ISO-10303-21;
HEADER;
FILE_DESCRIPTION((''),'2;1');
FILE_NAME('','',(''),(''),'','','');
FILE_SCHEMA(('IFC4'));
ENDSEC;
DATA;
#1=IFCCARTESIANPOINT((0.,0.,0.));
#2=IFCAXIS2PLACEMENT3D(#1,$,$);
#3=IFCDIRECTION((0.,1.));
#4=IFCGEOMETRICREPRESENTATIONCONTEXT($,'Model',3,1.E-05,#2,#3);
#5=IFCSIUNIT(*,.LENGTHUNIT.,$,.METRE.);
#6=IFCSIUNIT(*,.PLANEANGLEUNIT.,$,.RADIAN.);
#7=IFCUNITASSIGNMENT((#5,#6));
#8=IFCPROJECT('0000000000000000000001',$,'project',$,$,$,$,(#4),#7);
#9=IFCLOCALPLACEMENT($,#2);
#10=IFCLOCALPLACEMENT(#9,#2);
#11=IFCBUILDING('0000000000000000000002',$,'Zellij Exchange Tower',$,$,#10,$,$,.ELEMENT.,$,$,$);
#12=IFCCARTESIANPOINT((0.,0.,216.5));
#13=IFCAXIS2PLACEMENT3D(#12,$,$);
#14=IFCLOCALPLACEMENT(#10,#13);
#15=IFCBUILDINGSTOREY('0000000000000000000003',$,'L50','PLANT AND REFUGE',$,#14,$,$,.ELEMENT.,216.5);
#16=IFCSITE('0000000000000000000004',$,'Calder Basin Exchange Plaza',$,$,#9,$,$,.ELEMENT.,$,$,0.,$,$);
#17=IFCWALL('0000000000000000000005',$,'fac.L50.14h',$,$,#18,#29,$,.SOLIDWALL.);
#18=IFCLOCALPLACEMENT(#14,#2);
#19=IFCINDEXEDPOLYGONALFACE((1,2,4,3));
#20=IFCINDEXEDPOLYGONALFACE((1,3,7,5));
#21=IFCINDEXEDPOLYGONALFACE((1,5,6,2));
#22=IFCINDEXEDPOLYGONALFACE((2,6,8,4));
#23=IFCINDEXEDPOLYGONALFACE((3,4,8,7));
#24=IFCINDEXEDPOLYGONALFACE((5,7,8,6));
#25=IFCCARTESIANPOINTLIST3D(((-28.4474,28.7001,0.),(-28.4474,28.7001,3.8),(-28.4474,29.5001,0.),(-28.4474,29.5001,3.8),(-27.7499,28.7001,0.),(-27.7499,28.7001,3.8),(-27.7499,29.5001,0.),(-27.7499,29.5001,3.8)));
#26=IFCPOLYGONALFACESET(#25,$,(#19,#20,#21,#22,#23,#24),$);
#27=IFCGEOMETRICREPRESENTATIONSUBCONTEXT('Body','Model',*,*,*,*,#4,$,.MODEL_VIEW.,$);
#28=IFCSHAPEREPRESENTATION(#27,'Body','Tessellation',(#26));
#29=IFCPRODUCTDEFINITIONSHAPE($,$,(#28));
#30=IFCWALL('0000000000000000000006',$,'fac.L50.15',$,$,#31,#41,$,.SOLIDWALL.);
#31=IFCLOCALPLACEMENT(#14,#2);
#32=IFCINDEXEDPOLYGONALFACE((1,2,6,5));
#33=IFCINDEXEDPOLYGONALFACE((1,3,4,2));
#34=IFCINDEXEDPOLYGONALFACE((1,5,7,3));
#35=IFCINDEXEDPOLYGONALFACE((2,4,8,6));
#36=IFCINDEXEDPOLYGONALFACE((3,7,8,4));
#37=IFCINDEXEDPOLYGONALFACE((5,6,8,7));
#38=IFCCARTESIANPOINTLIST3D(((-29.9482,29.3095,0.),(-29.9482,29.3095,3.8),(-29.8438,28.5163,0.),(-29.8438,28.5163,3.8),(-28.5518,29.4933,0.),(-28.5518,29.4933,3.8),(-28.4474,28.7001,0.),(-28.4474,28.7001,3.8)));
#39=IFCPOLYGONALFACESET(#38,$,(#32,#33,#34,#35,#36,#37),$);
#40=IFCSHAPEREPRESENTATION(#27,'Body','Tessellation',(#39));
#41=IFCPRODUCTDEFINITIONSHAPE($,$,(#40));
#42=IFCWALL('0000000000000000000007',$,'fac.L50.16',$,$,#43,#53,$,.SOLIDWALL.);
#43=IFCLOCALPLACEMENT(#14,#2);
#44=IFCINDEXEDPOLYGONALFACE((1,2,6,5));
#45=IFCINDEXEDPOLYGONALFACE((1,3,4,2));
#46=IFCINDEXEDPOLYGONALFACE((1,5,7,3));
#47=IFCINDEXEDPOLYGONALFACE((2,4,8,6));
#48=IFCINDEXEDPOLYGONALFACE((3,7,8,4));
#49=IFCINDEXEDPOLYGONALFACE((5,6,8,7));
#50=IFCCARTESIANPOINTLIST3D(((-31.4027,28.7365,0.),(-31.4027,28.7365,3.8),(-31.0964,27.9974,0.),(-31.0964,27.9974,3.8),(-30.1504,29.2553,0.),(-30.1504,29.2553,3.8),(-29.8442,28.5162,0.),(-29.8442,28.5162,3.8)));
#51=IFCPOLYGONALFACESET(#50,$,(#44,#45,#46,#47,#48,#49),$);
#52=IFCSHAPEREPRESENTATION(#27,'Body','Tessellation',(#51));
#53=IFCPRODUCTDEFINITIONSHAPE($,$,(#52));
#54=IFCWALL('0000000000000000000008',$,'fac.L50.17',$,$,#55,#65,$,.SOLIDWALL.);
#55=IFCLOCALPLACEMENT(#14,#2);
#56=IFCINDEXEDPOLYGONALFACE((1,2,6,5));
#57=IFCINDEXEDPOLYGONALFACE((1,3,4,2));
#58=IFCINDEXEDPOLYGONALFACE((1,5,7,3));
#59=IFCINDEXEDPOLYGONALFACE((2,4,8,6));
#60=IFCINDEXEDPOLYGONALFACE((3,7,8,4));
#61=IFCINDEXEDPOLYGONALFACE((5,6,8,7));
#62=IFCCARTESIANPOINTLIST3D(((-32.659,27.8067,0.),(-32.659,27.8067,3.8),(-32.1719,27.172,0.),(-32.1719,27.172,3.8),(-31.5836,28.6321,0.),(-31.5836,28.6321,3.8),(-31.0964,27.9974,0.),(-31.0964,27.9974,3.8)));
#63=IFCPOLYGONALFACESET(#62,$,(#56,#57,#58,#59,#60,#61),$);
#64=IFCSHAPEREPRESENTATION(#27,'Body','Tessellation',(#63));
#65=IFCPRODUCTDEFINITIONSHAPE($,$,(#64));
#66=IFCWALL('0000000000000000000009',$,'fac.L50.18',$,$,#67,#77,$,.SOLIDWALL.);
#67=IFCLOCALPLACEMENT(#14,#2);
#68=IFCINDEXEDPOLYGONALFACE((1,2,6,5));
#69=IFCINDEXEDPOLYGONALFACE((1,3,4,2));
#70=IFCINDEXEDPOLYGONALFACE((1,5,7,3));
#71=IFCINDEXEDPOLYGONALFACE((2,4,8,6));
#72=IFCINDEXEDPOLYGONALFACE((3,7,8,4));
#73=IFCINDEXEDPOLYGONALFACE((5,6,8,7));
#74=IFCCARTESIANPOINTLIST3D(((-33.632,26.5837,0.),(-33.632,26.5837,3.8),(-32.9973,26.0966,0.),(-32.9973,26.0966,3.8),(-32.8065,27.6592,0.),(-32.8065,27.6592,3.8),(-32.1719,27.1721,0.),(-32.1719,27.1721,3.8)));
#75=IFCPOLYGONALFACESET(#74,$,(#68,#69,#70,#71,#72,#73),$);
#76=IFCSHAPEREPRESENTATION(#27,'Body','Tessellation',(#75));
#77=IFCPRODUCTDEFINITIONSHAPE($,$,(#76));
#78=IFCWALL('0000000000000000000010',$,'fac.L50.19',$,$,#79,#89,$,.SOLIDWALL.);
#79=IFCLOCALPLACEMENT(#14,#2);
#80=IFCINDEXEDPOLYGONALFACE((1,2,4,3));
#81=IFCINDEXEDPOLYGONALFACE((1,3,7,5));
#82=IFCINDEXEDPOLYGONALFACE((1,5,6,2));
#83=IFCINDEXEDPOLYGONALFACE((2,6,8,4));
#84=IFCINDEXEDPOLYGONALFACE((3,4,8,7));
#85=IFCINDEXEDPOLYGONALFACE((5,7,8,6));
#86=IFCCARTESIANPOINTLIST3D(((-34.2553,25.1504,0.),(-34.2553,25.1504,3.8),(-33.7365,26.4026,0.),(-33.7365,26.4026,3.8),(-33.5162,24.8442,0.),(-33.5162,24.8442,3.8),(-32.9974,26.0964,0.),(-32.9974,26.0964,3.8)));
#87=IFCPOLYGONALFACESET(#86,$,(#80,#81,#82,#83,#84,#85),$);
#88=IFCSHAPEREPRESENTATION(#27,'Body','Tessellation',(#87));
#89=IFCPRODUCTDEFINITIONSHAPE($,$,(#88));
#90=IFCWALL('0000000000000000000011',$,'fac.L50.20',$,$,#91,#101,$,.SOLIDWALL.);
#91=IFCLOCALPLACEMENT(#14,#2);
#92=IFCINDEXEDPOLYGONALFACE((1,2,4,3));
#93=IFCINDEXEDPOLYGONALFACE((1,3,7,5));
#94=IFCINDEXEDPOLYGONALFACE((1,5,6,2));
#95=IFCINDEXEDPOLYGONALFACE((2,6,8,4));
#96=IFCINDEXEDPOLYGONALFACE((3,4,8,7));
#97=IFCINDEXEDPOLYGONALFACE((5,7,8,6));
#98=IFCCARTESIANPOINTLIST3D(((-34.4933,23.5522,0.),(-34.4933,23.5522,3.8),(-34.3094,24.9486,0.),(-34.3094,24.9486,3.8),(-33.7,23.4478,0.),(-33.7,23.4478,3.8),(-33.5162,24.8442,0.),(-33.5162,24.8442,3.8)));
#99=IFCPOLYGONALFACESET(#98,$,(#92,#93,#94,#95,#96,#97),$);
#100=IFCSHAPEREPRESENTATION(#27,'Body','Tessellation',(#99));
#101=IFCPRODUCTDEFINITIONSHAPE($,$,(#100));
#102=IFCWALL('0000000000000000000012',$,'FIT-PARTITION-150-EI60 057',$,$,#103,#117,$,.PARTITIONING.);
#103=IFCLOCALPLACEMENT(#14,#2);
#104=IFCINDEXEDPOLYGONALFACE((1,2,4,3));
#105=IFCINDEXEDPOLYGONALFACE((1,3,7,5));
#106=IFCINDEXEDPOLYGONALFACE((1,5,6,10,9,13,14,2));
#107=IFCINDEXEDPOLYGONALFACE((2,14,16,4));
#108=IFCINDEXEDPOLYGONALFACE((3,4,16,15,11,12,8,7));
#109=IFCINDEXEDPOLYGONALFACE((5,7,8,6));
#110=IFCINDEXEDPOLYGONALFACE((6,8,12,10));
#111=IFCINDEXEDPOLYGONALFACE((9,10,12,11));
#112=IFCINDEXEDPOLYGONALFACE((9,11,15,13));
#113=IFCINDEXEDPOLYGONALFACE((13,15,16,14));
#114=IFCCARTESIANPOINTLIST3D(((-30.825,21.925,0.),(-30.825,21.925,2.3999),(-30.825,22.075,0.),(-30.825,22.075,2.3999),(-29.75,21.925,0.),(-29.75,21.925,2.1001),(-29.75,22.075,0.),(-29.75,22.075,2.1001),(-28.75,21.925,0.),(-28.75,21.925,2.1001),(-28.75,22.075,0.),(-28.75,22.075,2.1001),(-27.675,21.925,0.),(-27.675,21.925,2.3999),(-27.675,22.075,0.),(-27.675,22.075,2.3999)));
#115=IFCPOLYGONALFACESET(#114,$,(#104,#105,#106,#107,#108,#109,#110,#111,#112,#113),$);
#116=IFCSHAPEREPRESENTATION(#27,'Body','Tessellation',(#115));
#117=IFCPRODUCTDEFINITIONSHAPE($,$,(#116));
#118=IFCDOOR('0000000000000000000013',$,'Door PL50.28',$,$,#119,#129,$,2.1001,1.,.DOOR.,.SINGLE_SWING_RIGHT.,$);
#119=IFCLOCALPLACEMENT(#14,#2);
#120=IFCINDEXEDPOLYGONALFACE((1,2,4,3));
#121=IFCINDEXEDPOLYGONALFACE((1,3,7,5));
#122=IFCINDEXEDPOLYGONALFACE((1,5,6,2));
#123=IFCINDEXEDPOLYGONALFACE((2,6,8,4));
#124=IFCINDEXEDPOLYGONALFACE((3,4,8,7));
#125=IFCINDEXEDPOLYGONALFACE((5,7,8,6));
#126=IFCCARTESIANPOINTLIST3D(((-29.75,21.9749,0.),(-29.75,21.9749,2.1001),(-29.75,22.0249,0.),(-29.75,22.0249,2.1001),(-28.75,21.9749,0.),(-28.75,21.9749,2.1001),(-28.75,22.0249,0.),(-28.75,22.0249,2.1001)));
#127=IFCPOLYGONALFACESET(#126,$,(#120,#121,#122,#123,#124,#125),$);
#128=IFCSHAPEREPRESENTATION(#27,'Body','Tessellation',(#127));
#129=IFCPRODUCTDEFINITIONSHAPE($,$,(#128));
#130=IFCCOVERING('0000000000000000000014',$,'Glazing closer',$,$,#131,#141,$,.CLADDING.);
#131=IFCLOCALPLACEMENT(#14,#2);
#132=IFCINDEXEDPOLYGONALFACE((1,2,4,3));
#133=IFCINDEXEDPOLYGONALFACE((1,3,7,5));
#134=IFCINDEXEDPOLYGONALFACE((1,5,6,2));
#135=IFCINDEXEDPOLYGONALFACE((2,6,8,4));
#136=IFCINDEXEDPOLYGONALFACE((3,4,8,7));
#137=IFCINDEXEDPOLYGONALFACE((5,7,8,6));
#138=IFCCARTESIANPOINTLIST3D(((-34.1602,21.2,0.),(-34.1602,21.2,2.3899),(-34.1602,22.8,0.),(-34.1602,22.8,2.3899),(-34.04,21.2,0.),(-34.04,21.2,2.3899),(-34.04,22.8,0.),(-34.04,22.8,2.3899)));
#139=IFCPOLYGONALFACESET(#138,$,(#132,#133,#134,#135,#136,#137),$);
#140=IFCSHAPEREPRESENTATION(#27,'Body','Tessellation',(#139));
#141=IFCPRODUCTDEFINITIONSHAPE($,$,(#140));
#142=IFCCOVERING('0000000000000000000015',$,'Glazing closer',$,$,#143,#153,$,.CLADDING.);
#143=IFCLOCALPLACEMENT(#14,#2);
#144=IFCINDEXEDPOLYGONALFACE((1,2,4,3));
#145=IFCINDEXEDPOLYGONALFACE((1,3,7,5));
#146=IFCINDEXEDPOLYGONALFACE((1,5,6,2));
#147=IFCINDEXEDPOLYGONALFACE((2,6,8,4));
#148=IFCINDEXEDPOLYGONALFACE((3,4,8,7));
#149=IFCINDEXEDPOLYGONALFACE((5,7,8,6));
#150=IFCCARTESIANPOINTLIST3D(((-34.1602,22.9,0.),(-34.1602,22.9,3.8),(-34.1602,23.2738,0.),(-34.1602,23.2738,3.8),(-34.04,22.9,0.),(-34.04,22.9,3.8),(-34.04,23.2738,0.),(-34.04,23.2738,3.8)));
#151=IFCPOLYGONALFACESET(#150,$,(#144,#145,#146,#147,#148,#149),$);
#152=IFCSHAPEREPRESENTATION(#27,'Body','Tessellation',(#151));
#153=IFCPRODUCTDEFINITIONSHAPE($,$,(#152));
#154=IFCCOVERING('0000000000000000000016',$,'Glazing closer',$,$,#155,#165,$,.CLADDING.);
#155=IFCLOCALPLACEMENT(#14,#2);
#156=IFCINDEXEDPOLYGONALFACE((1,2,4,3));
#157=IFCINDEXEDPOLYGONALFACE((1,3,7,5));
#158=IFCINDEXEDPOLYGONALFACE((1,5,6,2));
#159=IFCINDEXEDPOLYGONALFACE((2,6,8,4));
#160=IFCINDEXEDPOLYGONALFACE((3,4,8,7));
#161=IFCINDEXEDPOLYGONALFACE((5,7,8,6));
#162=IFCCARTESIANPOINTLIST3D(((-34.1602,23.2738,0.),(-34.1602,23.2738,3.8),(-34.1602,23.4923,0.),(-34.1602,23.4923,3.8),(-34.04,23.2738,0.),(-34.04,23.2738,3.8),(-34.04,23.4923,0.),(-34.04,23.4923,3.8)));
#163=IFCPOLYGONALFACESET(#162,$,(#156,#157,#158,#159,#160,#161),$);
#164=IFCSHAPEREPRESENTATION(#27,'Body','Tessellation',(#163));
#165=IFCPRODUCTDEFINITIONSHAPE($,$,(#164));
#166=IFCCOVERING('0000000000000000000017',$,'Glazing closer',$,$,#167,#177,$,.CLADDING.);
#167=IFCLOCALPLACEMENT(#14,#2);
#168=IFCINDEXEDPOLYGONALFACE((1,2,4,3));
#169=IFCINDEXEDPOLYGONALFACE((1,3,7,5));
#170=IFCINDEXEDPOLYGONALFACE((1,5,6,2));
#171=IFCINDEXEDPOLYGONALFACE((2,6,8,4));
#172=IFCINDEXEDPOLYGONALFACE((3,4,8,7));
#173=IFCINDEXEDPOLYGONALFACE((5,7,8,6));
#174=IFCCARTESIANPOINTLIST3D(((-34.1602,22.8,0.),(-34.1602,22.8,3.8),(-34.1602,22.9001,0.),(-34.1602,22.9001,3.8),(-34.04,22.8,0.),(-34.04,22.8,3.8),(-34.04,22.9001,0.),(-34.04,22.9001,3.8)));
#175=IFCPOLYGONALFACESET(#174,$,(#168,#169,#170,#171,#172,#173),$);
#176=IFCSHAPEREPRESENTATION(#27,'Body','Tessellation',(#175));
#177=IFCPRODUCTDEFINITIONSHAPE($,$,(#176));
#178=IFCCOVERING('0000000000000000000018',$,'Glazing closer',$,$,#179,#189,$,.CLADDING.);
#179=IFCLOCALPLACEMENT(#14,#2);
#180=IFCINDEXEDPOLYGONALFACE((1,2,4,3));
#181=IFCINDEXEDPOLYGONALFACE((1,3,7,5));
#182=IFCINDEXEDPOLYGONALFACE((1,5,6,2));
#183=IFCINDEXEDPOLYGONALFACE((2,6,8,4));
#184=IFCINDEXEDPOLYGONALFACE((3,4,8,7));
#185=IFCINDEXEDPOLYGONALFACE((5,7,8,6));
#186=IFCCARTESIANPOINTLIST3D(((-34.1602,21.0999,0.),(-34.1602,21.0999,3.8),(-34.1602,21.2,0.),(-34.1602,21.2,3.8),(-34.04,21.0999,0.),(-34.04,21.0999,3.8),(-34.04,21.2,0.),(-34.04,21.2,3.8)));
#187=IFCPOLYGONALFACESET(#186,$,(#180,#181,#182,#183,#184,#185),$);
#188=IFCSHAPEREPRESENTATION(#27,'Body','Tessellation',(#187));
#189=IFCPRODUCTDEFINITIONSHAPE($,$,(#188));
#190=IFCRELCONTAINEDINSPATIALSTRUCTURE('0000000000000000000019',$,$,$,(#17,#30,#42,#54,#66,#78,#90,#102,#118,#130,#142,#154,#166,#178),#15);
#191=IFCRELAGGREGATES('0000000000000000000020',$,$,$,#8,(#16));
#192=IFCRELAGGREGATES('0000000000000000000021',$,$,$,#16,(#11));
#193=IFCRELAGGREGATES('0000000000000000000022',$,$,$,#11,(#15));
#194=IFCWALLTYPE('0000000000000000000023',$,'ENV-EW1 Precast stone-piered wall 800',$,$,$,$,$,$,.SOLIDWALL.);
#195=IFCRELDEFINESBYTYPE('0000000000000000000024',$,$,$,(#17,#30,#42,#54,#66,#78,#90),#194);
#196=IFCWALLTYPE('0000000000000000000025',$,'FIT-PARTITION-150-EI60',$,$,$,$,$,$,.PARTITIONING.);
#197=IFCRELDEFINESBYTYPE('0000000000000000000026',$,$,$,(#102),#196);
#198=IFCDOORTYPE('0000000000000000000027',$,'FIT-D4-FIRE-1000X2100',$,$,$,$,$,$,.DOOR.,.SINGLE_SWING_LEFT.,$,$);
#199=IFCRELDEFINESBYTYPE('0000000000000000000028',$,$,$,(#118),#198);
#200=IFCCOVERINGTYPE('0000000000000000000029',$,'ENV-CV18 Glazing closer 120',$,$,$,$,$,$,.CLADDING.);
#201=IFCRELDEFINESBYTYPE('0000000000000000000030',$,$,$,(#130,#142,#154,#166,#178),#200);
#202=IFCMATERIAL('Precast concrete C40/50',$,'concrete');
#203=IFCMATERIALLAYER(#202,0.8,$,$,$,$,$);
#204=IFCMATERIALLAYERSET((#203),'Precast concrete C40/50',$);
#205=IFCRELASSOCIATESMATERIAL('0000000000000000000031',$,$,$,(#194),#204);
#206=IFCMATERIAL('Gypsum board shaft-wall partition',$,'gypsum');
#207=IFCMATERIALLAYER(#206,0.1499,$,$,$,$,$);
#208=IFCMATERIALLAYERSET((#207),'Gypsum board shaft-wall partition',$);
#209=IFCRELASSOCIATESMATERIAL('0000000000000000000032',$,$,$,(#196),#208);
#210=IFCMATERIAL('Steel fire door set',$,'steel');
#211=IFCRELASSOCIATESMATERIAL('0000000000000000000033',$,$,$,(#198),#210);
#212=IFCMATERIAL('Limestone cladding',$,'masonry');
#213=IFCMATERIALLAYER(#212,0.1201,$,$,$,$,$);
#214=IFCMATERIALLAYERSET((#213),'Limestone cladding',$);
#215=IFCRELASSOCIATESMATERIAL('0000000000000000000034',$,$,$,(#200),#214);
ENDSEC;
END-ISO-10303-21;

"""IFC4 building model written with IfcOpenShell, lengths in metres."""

from ifc_helpers import new_model, si_unit, direction, frame, frame_2d, origin, origin_2d, place, context, subcontext, project, spatial, rectangle, extrude, material, layer, layer_set, type_object, element, fill, save


model = new_model("IFC4")

# Units and contexts
model_context = context("Model", 3, precision=1e-05, world=origin(), true_north=direction((0.0, 1.0)))
body_context = subcontext(model_context, "Body", "Model", "MODEL_VIEW")
ifc_project = project(units=[si_unit("LENGTHUNIT", "METRE"), si_unit("PLANEANGLEUNIT", "RADIAN")], contexts=[model_context])

# Site, building, storey
site_placement = place(None, origin())
site = spatial("IfcSite", under=ifc_project, at=site_placement, Name="Calder Basin Exchange Plaza", CompositionType="ELEMENT", RefElevation=0.0)
building_placement = place(site_placement, origin())
building = spatial("IfcBuilding", under=site, at=building_placement, Name="Zellij Exchange Tower", CompositionType="ELEMENT")
storey_placement = place(building_placement, frame((0.0, 0.0, 216.5)))
storey = spatial("IfcBuildingStorey", under=building, at=storey_placement, Name="L50", Description="PLANT AND REFUGE", CompositionType="ELEMENT", Elevation=216.5)

# Walls
ifc_material_1 = material(Name="Precast concrete C40/50", Category="concrete")
ifc_layer_1 = layer(ifc_material_1, 0.8)
ifc_layer_set_1 = layer_set([ifc_layer_1], Name="Precast concrete C40/50")
wall_type_1 = type_object("IfcWallType", Name="ENV-EW1 Precast stone-piered wall 800", PredefinedType="SOLIDWALL", material=ifc_layer_set_1)
wall_1_placement = place(storey_placement, frame((-27.75, 29.1001, 0.0), z_axis=(0.0, 0.0, 1.0), x_axis=(-1.0, 0.0, 0.0)))
element("IfcWall", 1, at=wall_1_placement, inside=storey, type_object=wall_type_1, Name="fac.L50.14h", PredefinedType="SOLIDWALL", context=body_context, shape_type="SweptSolid", body=[
    extrude(rectangle(XDim=0.6975, YDim=0.8, at=frame_2d((0.3486, 0.0))), origin(), (0.0, 0.0, 1.0), 3.8),
])
wall_2_placement = place(storey_placement, frame((-28.4998, 29.0967, 0.0), z_axis=(0.0, 0.0, 1.0), x_axis=(-0.991446, -0.130517, 0.0)))
element("IfcWall", 2, at=wall_2_placement, inside=storey, type_object=wall_type_1, Name="fac.L50.15", PredefinedType="SOLIDWALL", context=body_context, shape_type="SweptSolid", body=[
    extrude(rectangle(XDim=1.4084, YDim=0.8, at=frame_2d((0.7041, 0.0))), origin(), (0.0, 0.0, 1.0), 3.8),
])
wall_3_placement = place(storey_placement, frame((-29.9973, 28.8857, 0.0), z_axis=(0.0, 0.0, 1.0), x_axis=(-0.923848, -0.38276, 0.0)))
element("IfcWall", 3, at=wall_3_placement, inside=storey, type_object=wall_type_1, Name="fac.L50.16", PredefinedType="SOLIDWALL", context=body_context, shape_type="SweptSolid", body=[
    extrude(rectangle(XDim=1.3555, YDim=0.8, at=frame_2d((0.6777, 0.0))), origin(), (0.0, 0.0, 1.0), 3.8),
])
for number, where, z_axis, x_axis, name in (
    (4, (-31.3401, 28.3147, 0.0), (0.0, 0.0, 1.0), (-0.793273, -0.608866, 0.0), "fac.L50.17"),
    (5, (-32.4893, 27.4155, 0.0), (0.0, 0.0, 1.0), (-0.608866, -0.793273, 0.0), "fac.L50.18"),
):
    element("IfcWall", number, at=place(storey_placement, frame(where, z_axis=z_axis, x_axis=x_axis)), inside=storey, type_object=wall_type_1, Name=name, PredefinedType="SOLIDWALL", context=body_context, shape_type="SweptSolid", body=[
        extrude(rectangle(XDim=1.3557, YDim=0.8, at=frame_2d((0.6777, 0.0))), origin(), (0.0, 0.0, 1.0), 3.8),
    ])
wall_4_placement = place(storey_placement, frame((-33.3669, 26.2495, 0.0), z_axis=(0.0, 0.0, 1.0), x_axis=(-0.38276, -0.923848, 0.0)))
element("IfcWall", 6, at=wall_4_placement, inside=storey, type_object=wall_type_1, Name="fac.L50.19", PredefinedType="SOLIDWALL", context=body_context, shape_type="SweptSolid", body=[
    extrude(rectangle(XDim=1.3555, YDim=0.8, at=frame_2d((0.6777, 0.0))), origin(), (0.0, 0.0, 1.0), 3.8),
])
wall_5_placement = place(storey_placement, frame((-33.9128, 24.8962, 0.0), z_axis=(0.0, 0.0, 1.0), x_axis=(-0.130517, -0.991446, 0.0)))
element("IfcWall", 7, at=wall_5_placement, inside=storey, type_object=wall_type_1, Name="fac.L50.20", PredefinedType="SOLIDWALL", context=body_context, shape_type="SweptSolid", body=[
    extrude(rectangle(XDim=1.4084, YDim=0.8, at=frame_2d((0.7041, 0.0))), origin(), (0.0, 0.0, 1.0), 3.8),
])

# Wall, opening, door
ifc_material_2 = material(Name="Gypsum board shaft-wall partition", Category="gypsum")
ifc_layer_2 = layer(ifc_material_2, 0.1499)
ifc_layer_set_2 = layer_set([ifc_layer_2], Name="Gypsum board shaft-wall partition")
wall_type_2 = type_object("IfcWallType", Name="FIT-PARTITION-150-EI60", PredefinedType="PARTITIONING", material=ifc_layer_set_2)
wall_6_placement = place(storey_placement, frame((-30.825, 22.0, 0.0), z_axis=(0.0, 0.0, 1.0), x_axis=(1.0, 0.0, 0.0)))
wall_6 = element("IfcWall", 8, at=wall_6_placement, inside=storey, type_object=wall_type_2, Name="FIT-PARTITION-150-EI60 057", PredefinedType="PARTITIONING", context=body_context, shape_type="SweptSolid", body=[
    extrude(rectangle(XDim=3.1499, YDim=0.1499, at=frame_2d((1.575, 0.0))), origin(), (0.0, 0.0, 1.0), 2.3999),
])
opening_placement = place(wall_6_placement, frame((1.075, 0.0, 0.0)))
opening = element("IfcOpeningElement", 9, at=opening_placement, cuts=wall_6, PredefinedType="OPENING", context=body_context, shape_type="SweptSolid", body=[
    extrude(rectangle(XDim=1.0, YDim=2.1001, at=frame_2d((0.5, 1.05))), frame((0.0, 0.0869, 0.0), z_axis=(0.0, -1.0, 0.0), x_axis=(1.0, 0.0, 0.0)), (0.0, 0.0, 1.0), 0.1738),
])
ifc_material_3 = material(Name="Steel fire door set", Category="steel")
door_type = type_object("IfcDoorType", Name="FIT-D4-FIRE-1000X2100", OperationType="SINGLE_SWING_LEFT", PredefinedType="DOOR", material=ifc_material_3)
door_placement = place(opening_placement, origin())
door = element("IfcDoor", 10, at=door_placement, inside=storey, type_object=door_type, Name="Door PL50.28", OperationType="SINGLE_SWING_RIGHT", OverallHeight=2.1001, OverallWidth=1.0, PredefinedType="DOOR", context=body_context, shape_type="SweptSolid", body=[
    extrude(rectangle(XDim=1.0, YDim=2.1001, at=frame_2d((0.5, 1.05))), frame((0.0, 0.0249, 0.0), z_axis=(0.0, -1.0, 0.0), x_axis=(1.0, 0.0, 0.0)), (0.0, 0.0, 1.0), 0.05),
])
fill(opening, door)

# Coverings
ifc_material_4 = material(Name="Limestone cladding", Category="masonry")
ifc_layer_3 = layer(ifc_material_4, 0.1201)
ifc_layer_set_3 = layer_set([ifc_layer_3], Name="Limestone cladding")
covering_type_1 = type_object("IfcCoveringType", Name="ENV-CV18 Glazing closer 120", PredefinedType="CLADDING", material=ifc_layer_set_3)
covering_1_placement = place(storey_placement, frame((-34.1001, 22.0, 0.0), z_axis=(0.0, 0.0, 1.0), x_axis=(0.0, -1.0, 0.0)))
element("IfcCovering", 11, at=covering_1_placement, inside=storey, type_object=covering_type_1, Name="Glazing closer", PredefinedType="CLADDING", context=body_context, shape_type="SweptSolid", body=[
    extrude(rectangle(XDim=1.6001, YDim=0.1201, at=origin_2d()), origin(), (0.0, 0.0, 1.0), 2.3899),
])
covering_2_placement = place(storey_placement, frame((-34.1001, 23.0869, 0.0), z_axis=(0.0, 0.0, 1.0), x_axis=(0.0, -1.0, 0.0)))
element("IfcCovering", 12, at=covering_2_placement, inside=storey, type_object=covering_type_1, Name="Glazing closer", PredefinedType="CLADDING", context=body_context, shape_type="SweptSolid", body=[
    extrude(rectangle(XDim=0.3738, YDim=0.1201, at=origin_2d()), origin(), (0.0, 0.0, 1.0), 3.8),
])
covering_3_placement = place(storey_placement, frame((-34.1001, 23.3831, 0.0), z_axis=(0.0, 0.0, 1.0), x_axis=(0.0, 1.0, 0.0)))
element("IfcCovering", 13, at=covering_3_placement, inside=storey, type_object=covering_type_1, Name="Glazing closer", PredefinedType="CLADDING", context=body_context, shape_type="SweptSolid", body=[
    extrude(rectangle(XDim=0.2185, YDim=0.1201, at=origin_2d()), origin(), (0.0, 0.0, 1.0), 3.8),
])
for number, where, z_axis, x_axis, name in (
    (14, (-34.1001, 22.8501, 0.0), (0.0, 0.0, 1.0), (0.0, -1.0, 0.0), "Glazing closer"),
    (15, (-34.1001, 21.1499, 0.0), (0.0, 0.0, 1.0), (0.0, -1.0, 0.0), "Glazing closer"),
):
    element("IfcCovering", number, at=place(storey_placement, frame(where, z_axis=z_axis, x_axis=x_axis)), inside=storey, type_object=covering_type_1, Name=name, PredefinedType="CLADDING", context=body_context, shape_type="SweptSolid", body=[
        extrude(rectangle(XDim=0.1001, YDim=0.1201, at=origin_2d()), origin(), (0.0, 0.0, 1.0), 3.8),
    ])

save(model, "model.ifc")
